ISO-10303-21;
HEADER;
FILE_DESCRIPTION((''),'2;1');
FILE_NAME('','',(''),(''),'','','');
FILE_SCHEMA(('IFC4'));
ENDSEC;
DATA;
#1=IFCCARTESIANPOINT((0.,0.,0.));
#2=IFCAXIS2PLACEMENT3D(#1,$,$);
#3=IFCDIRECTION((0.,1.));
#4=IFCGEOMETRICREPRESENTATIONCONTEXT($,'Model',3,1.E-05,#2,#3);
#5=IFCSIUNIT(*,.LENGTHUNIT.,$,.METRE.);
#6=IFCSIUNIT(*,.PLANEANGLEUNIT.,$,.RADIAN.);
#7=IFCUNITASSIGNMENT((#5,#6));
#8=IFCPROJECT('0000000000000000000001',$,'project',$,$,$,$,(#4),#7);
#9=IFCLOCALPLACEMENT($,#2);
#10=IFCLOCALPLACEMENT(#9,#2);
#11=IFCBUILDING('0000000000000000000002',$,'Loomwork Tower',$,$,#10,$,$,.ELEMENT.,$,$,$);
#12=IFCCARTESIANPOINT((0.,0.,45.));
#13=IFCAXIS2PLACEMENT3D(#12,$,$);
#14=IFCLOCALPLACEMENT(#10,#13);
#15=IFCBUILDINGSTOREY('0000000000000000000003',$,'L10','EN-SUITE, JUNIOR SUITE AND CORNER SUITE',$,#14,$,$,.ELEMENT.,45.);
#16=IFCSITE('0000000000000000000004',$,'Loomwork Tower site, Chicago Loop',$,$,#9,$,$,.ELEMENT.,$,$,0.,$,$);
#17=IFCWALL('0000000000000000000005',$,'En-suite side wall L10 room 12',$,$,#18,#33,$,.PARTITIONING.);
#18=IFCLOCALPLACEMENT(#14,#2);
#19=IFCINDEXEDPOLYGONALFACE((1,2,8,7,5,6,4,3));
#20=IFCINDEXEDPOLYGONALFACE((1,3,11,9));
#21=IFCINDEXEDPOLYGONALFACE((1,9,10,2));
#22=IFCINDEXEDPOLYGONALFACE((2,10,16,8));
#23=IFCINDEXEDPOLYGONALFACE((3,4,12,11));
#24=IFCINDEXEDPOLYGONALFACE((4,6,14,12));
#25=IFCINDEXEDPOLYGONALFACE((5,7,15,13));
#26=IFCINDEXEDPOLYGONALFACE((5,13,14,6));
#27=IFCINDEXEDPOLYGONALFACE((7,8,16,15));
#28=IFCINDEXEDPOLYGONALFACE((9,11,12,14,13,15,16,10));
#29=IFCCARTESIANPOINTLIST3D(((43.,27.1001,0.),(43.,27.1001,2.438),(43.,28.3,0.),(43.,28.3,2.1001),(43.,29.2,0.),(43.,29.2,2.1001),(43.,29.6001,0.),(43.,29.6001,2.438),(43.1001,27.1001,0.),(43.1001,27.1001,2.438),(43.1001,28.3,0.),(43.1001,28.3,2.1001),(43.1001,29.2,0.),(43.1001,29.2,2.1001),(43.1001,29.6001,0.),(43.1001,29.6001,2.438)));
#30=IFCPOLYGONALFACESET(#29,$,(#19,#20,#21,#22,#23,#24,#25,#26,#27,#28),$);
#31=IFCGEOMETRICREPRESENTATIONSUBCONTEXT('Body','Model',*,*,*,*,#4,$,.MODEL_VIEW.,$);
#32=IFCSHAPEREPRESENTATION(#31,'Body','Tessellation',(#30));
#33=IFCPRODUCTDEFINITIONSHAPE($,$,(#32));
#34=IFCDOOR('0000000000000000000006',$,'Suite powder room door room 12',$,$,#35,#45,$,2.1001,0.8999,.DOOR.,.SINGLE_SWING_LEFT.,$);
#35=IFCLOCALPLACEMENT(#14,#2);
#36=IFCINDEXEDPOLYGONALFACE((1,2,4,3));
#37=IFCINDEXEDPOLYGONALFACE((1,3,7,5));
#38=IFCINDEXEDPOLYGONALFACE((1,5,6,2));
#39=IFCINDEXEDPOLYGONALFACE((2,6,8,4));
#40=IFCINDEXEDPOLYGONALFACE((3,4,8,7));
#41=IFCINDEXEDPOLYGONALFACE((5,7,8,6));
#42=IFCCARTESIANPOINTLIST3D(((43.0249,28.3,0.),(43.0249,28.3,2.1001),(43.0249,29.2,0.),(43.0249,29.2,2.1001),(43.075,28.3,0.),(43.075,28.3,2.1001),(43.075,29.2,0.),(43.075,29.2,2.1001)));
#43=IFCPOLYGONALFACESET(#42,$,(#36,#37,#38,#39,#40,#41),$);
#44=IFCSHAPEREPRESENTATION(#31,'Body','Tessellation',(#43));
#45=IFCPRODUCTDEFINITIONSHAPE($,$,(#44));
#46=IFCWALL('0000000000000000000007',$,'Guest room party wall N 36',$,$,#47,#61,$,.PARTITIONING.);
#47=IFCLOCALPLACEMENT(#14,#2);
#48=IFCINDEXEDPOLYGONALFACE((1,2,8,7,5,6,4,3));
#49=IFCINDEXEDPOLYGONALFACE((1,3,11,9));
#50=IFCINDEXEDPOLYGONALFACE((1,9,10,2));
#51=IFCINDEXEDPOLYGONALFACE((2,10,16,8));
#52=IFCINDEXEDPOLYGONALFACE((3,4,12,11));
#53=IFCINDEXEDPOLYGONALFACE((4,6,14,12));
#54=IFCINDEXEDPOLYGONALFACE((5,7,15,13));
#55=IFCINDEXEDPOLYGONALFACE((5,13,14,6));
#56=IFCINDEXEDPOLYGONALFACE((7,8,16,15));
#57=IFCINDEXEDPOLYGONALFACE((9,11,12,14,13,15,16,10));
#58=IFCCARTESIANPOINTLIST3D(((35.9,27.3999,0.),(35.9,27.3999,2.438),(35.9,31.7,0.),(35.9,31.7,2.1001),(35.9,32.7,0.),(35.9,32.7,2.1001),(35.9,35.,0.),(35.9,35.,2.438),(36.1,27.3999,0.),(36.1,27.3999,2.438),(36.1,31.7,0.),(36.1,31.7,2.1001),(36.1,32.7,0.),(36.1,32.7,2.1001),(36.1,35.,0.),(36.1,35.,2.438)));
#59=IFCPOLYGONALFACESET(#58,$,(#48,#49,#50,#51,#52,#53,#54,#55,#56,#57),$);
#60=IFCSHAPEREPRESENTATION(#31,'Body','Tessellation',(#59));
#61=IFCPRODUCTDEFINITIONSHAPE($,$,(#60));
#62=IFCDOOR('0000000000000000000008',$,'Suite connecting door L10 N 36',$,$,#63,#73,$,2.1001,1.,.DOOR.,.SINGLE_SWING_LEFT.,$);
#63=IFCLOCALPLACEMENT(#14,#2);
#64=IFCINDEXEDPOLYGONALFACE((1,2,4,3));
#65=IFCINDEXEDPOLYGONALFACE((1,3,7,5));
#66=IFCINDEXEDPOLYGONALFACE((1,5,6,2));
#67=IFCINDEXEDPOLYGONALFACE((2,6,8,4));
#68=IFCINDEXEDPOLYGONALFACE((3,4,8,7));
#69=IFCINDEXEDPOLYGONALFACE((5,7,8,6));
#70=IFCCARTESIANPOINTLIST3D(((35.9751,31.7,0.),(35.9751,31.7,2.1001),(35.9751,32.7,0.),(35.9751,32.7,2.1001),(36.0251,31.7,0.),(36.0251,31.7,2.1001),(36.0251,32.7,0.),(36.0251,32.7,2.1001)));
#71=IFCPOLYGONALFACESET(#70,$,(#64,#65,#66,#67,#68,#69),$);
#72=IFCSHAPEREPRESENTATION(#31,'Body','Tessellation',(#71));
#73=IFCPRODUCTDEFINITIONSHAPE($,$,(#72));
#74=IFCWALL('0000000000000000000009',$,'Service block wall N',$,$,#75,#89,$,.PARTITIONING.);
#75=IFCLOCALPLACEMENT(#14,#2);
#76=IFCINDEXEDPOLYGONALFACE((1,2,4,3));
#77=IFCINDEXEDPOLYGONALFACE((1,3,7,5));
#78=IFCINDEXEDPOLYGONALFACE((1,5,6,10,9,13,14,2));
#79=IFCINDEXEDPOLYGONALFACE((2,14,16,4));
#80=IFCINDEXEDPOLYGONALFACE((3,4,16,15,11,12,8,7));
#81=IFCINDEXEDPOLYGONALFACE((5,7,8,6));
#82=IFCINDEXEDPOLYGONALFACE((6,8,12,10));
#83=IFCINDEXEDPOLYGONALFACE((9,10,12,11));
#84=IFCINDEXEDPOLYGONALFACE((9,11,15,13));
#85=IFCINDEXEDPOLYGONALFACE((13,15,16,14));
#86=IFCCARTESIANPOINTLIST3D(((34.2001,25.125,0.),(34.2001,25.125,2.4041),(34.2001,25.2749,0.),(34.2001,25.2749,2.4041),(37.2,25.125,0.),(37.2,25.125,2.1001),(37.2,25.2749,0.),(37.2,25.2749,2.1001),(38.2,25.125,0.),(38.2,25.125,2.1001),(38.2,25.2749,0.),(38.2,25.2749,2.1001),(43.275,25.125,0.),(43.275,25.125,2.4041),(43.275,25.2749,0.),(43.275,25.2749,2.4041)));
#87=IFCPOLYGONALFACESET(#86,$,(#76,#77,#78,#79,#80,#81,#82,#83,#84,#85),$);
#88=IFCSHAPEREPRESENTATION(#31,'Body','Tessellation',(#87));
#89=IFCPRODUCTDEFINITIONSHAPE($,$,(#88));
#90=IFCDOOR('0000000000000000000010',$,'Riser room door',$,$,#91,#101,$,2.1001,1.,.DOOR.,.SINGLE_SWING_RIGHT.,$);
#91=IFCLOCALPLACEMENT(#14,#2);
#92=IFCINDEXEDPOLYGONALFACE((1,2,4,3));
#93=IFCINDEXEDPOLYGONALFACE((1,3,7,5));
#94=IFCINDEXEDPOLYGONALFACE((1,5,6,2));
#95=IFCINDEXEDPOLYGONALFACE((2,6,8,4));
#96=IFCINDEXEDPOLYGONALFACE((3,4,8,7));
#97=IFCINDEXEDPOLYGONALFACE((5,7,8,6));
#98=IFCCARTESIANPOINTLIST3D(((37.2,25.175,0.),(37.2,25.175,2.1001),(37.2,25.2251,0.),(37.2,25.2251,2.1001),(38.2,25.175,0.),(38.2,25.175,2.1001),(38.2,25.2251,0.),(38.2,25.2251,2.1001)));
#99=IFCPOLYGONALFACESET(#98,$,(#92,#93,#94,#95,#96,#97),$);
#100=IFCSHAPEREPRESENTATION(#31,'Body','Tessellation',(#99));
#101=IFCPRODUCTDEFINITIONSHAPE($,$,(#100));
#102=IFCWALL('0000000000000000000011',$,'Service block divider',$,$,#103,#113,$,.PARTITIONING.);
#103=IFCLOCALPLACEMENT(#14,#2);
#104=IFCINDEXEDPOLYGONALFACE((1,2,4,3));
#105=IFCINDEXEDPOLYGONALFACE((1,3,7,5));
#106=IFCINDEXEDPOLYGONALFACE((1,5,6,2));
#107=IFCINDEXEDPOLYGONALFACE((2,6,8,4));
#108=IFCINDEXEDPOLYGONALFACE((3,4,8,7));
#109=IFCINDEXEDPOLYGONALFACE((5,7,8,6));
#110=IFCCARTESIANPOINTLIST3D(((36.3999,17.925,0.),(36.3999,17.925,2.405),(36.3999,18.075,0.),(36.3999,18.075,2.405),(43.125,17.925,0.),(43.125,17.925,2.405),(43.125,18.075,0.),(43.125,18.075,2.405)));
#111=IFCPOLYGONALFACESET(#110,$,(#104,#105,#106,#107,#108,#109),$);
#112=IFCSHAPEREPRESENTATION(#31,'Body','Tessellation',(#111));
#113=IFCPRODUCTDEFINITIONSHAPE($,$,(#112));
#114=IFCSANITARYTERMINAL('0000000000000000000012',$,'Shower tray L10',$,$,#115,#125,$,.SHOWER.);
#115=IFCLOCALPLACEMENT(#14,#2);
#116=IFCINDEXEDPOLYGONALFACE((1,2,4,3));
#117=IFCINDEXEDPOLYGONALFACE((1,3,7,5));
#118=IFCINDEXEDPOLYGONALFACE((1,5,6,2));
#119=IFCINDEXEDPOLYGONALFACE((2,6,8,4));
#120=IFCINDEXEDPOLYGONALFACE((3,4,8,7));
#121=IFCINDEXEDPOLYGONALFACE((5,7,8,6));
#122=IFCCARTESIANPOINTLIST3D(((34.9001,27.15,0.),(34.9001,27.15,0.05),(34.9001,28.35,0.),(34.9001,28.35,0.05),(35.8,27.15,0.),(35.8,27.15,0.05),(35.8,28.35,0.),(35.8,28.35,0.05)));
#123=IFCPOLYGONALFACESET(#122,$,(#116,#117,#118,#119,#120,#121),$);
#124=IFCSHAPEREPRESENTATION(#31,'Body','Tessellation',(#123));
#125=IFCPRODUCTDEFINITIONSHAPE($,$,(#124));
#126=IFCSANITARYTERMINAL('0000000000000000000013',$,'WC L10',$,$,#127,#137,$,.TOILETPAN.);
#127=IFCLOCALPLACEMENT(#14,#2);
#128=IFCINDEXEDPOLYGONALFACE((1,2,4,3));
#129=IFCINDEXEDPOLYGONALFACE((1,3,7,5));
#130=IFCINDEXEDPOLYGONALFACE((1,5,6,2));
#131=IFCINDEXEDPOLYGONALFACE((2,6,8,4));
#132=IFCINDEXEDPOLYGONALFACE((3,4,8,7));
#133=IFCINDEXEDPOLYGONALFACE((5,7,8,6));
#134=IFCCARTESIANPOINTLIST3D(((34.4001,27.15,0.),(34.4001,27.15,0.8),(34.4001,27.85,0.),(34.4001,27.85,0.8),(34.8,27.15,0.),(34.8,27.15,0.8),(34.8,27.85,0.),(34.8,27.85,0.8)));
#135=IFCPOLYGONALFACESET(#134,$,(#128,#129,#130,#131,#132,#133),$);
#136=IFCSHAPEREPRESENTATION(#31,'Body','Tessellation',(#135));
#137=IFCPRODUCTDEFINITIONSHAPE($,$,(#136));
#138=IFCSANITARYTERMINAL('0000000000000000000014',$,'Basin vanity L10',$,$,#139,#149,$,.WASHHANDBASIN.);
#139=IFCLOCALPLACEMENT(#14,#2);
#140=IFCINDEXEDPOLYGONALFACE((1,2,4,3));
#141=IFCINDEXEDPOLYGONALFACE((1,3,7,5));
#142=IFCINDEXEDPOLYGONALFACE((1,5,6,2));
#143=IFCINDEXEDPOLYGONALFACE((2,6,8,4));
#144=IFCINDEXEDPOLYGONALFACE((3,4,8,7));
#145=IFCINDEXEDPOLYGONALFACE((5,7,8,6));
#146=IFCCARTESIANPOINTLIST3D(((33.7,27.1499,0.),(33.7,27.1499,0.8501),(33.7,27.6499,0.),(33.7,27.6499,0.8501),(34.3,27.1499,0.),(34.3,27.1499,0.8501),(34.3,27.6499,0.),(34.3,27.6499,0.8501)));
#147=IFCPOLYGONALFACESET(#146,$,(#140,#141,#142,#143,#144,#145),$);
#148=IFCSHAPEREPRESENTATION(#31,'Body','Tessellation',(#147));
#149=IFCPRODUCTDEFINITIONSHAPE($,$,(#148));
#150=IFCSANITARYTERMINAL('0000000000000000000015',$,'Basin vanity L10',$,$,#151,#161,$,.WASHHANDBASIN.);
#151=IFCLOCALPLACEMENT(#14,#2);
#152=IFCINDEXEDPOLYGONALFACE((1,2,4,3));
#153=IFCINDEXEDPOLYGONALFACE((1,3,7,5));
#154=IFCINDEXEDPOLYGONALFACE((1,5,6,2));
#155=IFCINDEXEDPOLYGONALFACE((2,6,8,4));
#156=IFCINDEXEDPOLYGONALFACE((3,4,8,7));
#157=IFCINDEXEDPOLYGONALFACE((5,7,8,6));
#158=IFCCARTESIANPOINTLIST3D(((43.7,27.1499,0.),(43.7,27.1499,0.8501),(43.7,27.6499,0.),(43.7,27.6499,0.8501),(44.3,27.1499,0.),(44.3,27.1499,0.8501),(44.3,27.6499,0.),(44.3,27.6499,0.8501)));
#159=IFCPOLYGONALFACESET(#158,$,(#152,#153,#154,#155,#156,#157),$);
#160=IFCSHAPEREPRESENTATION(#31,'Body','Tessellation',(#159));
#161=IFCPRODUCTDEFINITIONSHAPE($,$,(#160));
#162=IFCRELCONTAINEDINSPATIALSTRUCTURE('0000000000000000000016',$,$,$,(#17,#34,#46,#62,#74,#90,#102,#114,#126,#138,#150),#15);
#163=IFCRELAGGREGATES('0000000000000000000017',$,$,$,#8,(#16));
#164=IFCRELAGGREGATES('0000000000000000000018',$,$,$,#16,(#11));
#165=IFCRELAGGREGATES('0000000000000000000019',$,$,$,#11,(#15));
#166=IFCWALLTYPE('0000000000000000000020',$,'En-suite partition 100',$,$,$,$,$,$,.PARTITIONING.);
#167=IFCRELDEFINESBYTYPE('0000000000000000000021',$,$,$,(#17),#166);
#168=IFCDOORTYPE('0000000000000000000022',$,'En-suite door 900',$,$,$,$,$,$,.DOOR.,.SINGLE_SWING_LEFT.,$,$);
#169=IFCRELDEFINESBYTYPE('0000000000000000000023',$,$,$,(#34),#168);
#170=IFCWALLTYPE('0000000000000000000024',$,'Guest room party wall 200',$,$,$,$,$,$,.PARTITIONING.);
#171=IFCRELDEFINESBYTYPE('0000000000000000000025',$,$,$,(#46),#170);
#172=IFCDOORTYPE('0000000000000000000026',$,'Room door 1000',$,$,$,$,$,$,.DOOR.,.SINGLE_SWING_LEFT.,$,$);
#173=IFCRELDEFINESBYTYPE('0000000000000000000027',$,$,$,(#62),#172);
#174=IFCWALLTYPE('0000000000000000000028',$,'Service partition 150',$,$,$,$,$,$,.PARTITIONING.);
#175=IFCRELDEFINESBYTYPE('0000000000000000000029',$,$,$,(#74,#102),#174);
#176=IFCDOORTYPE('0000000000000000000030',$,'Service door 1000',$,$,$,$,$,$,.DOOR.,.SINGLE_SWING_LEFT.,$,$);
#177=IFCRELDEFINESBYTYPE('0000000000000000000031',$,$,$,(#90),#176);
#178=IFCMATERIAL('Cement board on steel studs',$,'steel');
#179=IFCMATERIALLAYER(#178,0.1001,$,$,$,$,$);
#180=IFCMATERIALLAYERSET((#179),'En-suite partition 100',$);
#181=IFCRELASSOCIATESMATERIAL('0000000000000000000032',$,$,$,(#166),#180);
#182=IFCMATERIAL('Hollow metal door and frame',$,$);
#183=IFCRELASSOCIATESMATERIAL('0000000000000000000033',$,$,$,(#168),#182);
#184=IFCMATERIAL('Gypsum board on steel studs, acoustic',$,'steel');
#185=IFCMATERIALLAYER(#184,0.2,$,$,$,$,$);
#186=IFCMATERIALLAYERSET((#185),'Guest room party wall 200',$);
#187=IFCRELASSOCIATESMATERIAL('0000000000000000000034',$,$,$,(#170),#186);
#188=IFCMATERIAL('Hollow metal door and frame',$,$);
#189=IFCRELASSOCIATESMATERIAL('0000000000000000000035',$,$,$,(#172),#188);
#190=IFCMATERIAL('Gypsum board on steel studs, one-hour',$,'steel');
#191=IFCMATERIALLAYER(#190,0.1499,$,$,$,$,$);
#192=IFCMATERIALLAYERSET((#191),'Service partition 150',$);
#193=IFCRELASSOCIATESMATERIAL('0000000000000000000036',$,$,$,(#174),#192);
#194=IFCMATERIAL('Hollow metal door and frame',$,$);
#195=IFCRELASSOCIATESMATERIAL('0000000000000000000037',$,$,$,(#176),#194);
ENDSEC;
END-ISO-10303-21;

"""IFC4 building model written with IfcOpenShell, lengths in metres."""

from ifc_helpers import new_model, si_unit, direction, frame, frame_2d, origin, origin_2d, place, context, subcontext, project, spatial, rectangle, extrude, material, layer, layer_set, type_object, element, fill, save


model = new_model("IFC4")

# Units and contexts
model_context = context("Model", 3, precision=1e-05, world=origin(), true_north=direction((0.0, 1.0)))
body_context = subcontext(model_context, "Body", "Model", "MODEL_VIEW")
ifc_project = project(units=[si_unit("LENGTHUNIT", "METRE"), si_unit("PLANEANGLEUNIT", "RADIAN")], contexts=[model_context])

# Site, building, storey
site_placement = place(None, origin())
site = spatial("IfcSite", under=ifc_project, at=site_placement, Name="Loomwork Tower site, Chicago Loop", CompositionType="ELEMENT", RefElevation=0.0)
building_placement = place(site_placement, origin())
building = spatial("IfcBuilding", under=site, at=building_placement, Name="Loomwork Tower", CompositionType="ELEMENT")
storey_placement = place(building_placement, frame((0.0, 0.0, 45.0)))
storey = spatial("IfcBuildingStorey", under=building, at=storey_placement, Name="L10", Description="EN-SUITE, JUNIOR SUITE AND CORNER SUITE", CompositionType="ELEMENT", Elevation=45.0)

# Shared definitions
ifc_material_1 = material(Name="Cement board on steel studs", Category="steel")
ifc_layer_1 = layer(ifc_material_1, 0.1001)
ifc_layer_set_1 = layer_set([ifc_layer_1], Name="En-suite partition 100")
wall_type_1 = type_object("IfcWallType", Name="En-suite partition 100", PredefinedType="PARTITIONING", material=ifc_layer_set_1)

# Walls, openings, doors
wall_1_placement = place(storey_placement, frame((43.05, 27.1001, 0.0), z_axis=(0.0, 0.0, 1.0), x_axis=(0.0, 1.0, 0.0)))
wall_1 = element("IfcWall", 1, at=wall_1_placement, inside=storey, type_object=wall_type_1, Name="En-suite side wall L10 room 12", PredefinedType="PARTITIONING", context=body_context, shape_type="SweptSolid", body=[
    extrude(rectangle(XDim=2.5, YDim=0.1001, at=frame_2d((1.25, 0.0))), origin(), (0.0, 0.0, 1.0), 2.438),
])
opening_1_placement = place(wall_1_placement, frame((1.2, 0.0, 0.0)))
opening_1 = element("IfcOpeningElement", 2, at=opening_1_placement, cuts=wall_1, PredefinedType="OPENING", context=body_context, shape_type="SweptSolid", body=[
    extrude(rectangle(XDim=0.8999, YDim=2.1001, at=frame_2d((0.45, 1.05))), frame((0.0, 0.0601, 0.0), z_axis=(0.0, -1.0, 0.0), x_axis=(1.0, 0.0, 0.0)), (0.0, 0.0, 1.0), 0.1201),
])
ifc_material_2 = material(Name="Hollow metal door and frame")
door_type_1 = type_object("IfcDoorType", Name="En-suite door 900", OperationType="SINGLE_SWING_LEFT", PredefinedType="DOOR", material=ifc_material_2)
door_1_placement = place(opening_1_placement, frame((0.8999, 0.0, 0.0), z_axis=(0.0, 0.0, 1.0), x_axis=(-1.0, 0.0, 0.0)))
door_1 = element("IfcDoor", 3, at=door_1_placement, inside=storey, type_object=door_type_1, Name="Suite powder room door room 12", OperationType="SINGLE_SWING_LEFT", OverallHeight=2.1001, OverallWidth=0.8999, PredefinedType="DOOR", context=body_context, shape_type="SweptSolid", body=[
    extrude(rectangle(XDim=0.8999, YDim=2.1001, at=frame_2d((0.45, 1.05))), frame((0.0, 0.0249, 0.0), z_axis=(0.0, -1.0, 0.0), x_axis=(1.0, 0.0, 0.0)), (0.0, 0.0, 1.0), 0.05),
])
fill(opening_1, door_1)
ifc_material_3 = material(Name="Gypsum board on steel studs, acoustic", Category="steel")
ifc_layer_2 = layer(ifc_material_3, 0.2)
ifc_layer_set_2 = layer_set([ifc_layer_2], Name="Guest room party wall 200")
wall_type_2 = type_object("IfcWallType", Name="Guest room party wall 200", PredefinedType="PARTITIONING", material=ifc_layer_set_2)
wall_2_placement = place(storey_placement, frame((36.0, 27.3999, 0.0), z_axis=(0.0, 0.0, 1.0), x_axis=(0.0, 1.0, 0.0)))
wall_2 = element("IfcWall", 4, at=wall_2_placement, inside=storey, type_object=wall_type_2, Name="Guest room party wall N 36", PredefinedType="PARTITIONING", context=body_context, shape_type="SweptSolid", body=[
    extrude(rectangle(XDim=7.6001, YDim=0.2, at=frame_2d((3.8, 0.0))), origin(), (0.0, 0.0, 1.0), 2.438),
])
opening_2_placement = place(wall_2_placement, frame((4.3, 0.0, 0.0)))
opening_2 = element("IfcOpeningElement", 5, at=opening_2_placement, cuts=wall_2, PredefinedType="OPENING", context=body_context, shape_type="SweptSolid", body=[
    extrude(rectangle(XDim=1.0, YDim=2.1001, at=frame_2d((0.5, 1.05))), frame((0.0, 0.1099, 0.0), z_axis=(0.0, -1.0, 0.0), x_axis=(1.0, 0.0, 0.0)), (0.0, 0.0, 1.0), 0.22),
])
ifc_material_4 = material(Name="Hollow metal door and frame")
door_type_2 = type_object("IfcDoorType", Name="Room door 1000", OperationType="SINGLE_SWING_LEFT", PredefinedType="DOOR", material=ifc_material_4)
door_2_placement = place(opening_2_placement, origin())
door_2 = element("IfcDoor", 6, at=door_2_placement, inside=storey, type_object=door_type_2, Name="Suite connecting door L10 N 36", OperationType="SINGLE_SWING_LEFT", OverallHeight=2.1001, OverallWidth=1.0, PredefinedType="DOOR", context=body_context, shape_type="SweptSolid", body=[
    extrude(rectangle(XDim=1.0, YDim=2.1001, at=frame_2d((0.5, 1.05))), frame((0.0, 0.0249, 0.0), z_axis=(0.0, -1.0, 0.0), x_axis=(1.0, 0.0, 0.0)), (0.0, 0.0, 1.0), 0.05),
])
fill(opening_2, door_2)
ifc_material_5 = material(Name="Gypsum board on steel studs, one-hour", Category="steel")
ifc_layer_3 = layer(ifc_material_5, 0.1499)
ifc_layer_set_3 = layer_set([ifc_layer_3], Name="Service partition 150")
wall_type_3 = type_object("IfcWallType", Name="Service partition 150", PredefinedType="PARTITIONING", material=ifc_layer_set_3)
wall_3_placement = place(storey_placement, frame((34.2, 25.2, 0.0), z_axis=(0.0, 0.0, 1.0), x_axis=(1.0, 0.0, 0.0)))
wall_3 = element("IfcWall", 7, at=wall_3_placement, inside=storey, type_object=wall_type_3, Name="Service block wall N", PredefinedType="PARTITIONING", context=body_context, shape_type="SweptSolid", body=[
    extrude(rectangle(XDim=9.075, YDim=0.1499, at=frame_2d((4.5376, 0.0))), origin(), (0.0, 0.0, 1.0), 2.4041),
])
opening_3_placement = place(wall_3_placement, frame((3.0, 0.0, 0.0)))
opening_3 = element("IfcOpeningElement", 8, at=opening_3_placement, cuts=wall_3, PredefinedType="OPENING", context=body_context, shape_type="SweptSolid", body=[
    extrude(rectangle(XDim=1.0, YDim=2.1001, at=frame_2d((0.5, 1.05))), frame((0.0, 0.085, 0.0), z_axis=(0.0, -1.0, 0.0), x_axis=(1.0, 0.0, 0.0)), (0.0, 0.0, 1.0), 0.1699),
])
ifc_material_6 = material(Name="Hollow metal door and frame")
door_type_3 = type_object("IfcDoorType", Name="Service door 1000", OperationType="SINGLE_SWING_LEFT", PredefinedType="DOOR", material=ifc_material_6)
door_3_placement = place(opening_3_placement, frame((1.0, 0.0, 0.0), z_axis=(0.0, 0.0, 1.0), x_axis=(-1.0, 0.0, 0.0)))
door_3 = element("IfcDoor", 9, at=door_3_placement, inside=storey, type_object=door_type_3, Name="Riser room door", OperationType="SINGLE_SWING_RIGHT", OverallHeight=2.1001, OverallWidth=1.0, PredefinedType="DOOR", context=body_context, shape_type="SweptSolid", body=[
    extrude(rectangle(XDim=1.0, YDim=2.1001, at=frame_2d((0.5, 1.05))), frame((0.0, 0.0249, 0.0), z_axis=(0.0, -1.0, 0.0), x_axis=(1.0, 0.0, 0.0)), (0.0, 0.0, 1.0), 0.05),
])
fill(opening_3, door_3)

# Wall
wall_4_placement = place(storey_placement, frame((36.3999, 18.0, 0.0), z_axis=(0.0, 0.0, 1.0), x_axis=(1.0, 0.0, 0.0)))
element("IfcWall", 10, at=wall_4_placement, inside=storey, type_object=wall_type_3, Name="Service block divider", PredefinedType="PARTITIONING", context=body_context, shape_type="SweptSolid", body=[
    extrude(rectangle(XDim=6.7251, YDim=0.1499, at=frame_2d((3.3625, 0.0))), origin(), (0.0, 0.0, 1.0), 2.405),
])

# Sanitary terminals
sanitary_terminal_1_placement = place(storey_placement, frame((35.3501, 27.75, 0.0), z_axis=(0.0, 0.0, 1.0), x_axis=(1.0, 0.0, 0.0)))
element("IfcSanitaryTerminal", 11, at=sanitary_terminal_1_placement, inside=storey, Name="Shower tray L10", PredefinedType="SHOWER", context=body_context, shape_type="SweptSolid", body=[
    extrude(rectangle(XDim=0.8999, YDim=1.2, at=origin_2d()), origin(), (0.0, 0.0, 1.0), 0.05),
])
sanitary_terminal_2_placement = place(storey_placement, frame((34.6001, 27.5, 0.0), z_axis=(0.0, 0.0, 1.0), x_axis=(1.0, 0.0, 0.0)))
element("IfcSanitaryTerminal", 12, at=sanitary_terminal_2_placement, inside=storey, Name="WC L10", PredefinedType="TOILETPAN", context=body_context, shape_type="SweptSolid", body=[
    extrude(rectangle(XDim=0.3999, YDim=0.7, at=origin_2d()), origin(), (0.0, 0.0, 1.0), 0.8),
])
for number, where, z_axis, x_axis, name in (
    (13, (34.0, 27.3999, 0.0), (0.0, 0.0, 1.0), (1.0, 0.0, 0.0), "Basin vanity L10"),
    (14, (44.0, 27.3999, 0.0), (0.0, 0.0, 1.0), (1.0, 0.0, 0.0), "Basin vanity L10"),
):
    element("IfcSanitaryTerminal", number, at=place(storey_placement, frame(where, z_axis=z_axis, x_axis=x_axis)), inside=storey, Name=name, PredefinedType="WASHHANDBASIN", context=body_context, shape_type="SweptSolid", body=[
        extrude(rectangle(XDim=0.6001, YDim=0.5, at=origin_2d()), origin(), (0.0, 0.0, 1.0), 0.8501),
    ])

save(model, "model.ifc")
